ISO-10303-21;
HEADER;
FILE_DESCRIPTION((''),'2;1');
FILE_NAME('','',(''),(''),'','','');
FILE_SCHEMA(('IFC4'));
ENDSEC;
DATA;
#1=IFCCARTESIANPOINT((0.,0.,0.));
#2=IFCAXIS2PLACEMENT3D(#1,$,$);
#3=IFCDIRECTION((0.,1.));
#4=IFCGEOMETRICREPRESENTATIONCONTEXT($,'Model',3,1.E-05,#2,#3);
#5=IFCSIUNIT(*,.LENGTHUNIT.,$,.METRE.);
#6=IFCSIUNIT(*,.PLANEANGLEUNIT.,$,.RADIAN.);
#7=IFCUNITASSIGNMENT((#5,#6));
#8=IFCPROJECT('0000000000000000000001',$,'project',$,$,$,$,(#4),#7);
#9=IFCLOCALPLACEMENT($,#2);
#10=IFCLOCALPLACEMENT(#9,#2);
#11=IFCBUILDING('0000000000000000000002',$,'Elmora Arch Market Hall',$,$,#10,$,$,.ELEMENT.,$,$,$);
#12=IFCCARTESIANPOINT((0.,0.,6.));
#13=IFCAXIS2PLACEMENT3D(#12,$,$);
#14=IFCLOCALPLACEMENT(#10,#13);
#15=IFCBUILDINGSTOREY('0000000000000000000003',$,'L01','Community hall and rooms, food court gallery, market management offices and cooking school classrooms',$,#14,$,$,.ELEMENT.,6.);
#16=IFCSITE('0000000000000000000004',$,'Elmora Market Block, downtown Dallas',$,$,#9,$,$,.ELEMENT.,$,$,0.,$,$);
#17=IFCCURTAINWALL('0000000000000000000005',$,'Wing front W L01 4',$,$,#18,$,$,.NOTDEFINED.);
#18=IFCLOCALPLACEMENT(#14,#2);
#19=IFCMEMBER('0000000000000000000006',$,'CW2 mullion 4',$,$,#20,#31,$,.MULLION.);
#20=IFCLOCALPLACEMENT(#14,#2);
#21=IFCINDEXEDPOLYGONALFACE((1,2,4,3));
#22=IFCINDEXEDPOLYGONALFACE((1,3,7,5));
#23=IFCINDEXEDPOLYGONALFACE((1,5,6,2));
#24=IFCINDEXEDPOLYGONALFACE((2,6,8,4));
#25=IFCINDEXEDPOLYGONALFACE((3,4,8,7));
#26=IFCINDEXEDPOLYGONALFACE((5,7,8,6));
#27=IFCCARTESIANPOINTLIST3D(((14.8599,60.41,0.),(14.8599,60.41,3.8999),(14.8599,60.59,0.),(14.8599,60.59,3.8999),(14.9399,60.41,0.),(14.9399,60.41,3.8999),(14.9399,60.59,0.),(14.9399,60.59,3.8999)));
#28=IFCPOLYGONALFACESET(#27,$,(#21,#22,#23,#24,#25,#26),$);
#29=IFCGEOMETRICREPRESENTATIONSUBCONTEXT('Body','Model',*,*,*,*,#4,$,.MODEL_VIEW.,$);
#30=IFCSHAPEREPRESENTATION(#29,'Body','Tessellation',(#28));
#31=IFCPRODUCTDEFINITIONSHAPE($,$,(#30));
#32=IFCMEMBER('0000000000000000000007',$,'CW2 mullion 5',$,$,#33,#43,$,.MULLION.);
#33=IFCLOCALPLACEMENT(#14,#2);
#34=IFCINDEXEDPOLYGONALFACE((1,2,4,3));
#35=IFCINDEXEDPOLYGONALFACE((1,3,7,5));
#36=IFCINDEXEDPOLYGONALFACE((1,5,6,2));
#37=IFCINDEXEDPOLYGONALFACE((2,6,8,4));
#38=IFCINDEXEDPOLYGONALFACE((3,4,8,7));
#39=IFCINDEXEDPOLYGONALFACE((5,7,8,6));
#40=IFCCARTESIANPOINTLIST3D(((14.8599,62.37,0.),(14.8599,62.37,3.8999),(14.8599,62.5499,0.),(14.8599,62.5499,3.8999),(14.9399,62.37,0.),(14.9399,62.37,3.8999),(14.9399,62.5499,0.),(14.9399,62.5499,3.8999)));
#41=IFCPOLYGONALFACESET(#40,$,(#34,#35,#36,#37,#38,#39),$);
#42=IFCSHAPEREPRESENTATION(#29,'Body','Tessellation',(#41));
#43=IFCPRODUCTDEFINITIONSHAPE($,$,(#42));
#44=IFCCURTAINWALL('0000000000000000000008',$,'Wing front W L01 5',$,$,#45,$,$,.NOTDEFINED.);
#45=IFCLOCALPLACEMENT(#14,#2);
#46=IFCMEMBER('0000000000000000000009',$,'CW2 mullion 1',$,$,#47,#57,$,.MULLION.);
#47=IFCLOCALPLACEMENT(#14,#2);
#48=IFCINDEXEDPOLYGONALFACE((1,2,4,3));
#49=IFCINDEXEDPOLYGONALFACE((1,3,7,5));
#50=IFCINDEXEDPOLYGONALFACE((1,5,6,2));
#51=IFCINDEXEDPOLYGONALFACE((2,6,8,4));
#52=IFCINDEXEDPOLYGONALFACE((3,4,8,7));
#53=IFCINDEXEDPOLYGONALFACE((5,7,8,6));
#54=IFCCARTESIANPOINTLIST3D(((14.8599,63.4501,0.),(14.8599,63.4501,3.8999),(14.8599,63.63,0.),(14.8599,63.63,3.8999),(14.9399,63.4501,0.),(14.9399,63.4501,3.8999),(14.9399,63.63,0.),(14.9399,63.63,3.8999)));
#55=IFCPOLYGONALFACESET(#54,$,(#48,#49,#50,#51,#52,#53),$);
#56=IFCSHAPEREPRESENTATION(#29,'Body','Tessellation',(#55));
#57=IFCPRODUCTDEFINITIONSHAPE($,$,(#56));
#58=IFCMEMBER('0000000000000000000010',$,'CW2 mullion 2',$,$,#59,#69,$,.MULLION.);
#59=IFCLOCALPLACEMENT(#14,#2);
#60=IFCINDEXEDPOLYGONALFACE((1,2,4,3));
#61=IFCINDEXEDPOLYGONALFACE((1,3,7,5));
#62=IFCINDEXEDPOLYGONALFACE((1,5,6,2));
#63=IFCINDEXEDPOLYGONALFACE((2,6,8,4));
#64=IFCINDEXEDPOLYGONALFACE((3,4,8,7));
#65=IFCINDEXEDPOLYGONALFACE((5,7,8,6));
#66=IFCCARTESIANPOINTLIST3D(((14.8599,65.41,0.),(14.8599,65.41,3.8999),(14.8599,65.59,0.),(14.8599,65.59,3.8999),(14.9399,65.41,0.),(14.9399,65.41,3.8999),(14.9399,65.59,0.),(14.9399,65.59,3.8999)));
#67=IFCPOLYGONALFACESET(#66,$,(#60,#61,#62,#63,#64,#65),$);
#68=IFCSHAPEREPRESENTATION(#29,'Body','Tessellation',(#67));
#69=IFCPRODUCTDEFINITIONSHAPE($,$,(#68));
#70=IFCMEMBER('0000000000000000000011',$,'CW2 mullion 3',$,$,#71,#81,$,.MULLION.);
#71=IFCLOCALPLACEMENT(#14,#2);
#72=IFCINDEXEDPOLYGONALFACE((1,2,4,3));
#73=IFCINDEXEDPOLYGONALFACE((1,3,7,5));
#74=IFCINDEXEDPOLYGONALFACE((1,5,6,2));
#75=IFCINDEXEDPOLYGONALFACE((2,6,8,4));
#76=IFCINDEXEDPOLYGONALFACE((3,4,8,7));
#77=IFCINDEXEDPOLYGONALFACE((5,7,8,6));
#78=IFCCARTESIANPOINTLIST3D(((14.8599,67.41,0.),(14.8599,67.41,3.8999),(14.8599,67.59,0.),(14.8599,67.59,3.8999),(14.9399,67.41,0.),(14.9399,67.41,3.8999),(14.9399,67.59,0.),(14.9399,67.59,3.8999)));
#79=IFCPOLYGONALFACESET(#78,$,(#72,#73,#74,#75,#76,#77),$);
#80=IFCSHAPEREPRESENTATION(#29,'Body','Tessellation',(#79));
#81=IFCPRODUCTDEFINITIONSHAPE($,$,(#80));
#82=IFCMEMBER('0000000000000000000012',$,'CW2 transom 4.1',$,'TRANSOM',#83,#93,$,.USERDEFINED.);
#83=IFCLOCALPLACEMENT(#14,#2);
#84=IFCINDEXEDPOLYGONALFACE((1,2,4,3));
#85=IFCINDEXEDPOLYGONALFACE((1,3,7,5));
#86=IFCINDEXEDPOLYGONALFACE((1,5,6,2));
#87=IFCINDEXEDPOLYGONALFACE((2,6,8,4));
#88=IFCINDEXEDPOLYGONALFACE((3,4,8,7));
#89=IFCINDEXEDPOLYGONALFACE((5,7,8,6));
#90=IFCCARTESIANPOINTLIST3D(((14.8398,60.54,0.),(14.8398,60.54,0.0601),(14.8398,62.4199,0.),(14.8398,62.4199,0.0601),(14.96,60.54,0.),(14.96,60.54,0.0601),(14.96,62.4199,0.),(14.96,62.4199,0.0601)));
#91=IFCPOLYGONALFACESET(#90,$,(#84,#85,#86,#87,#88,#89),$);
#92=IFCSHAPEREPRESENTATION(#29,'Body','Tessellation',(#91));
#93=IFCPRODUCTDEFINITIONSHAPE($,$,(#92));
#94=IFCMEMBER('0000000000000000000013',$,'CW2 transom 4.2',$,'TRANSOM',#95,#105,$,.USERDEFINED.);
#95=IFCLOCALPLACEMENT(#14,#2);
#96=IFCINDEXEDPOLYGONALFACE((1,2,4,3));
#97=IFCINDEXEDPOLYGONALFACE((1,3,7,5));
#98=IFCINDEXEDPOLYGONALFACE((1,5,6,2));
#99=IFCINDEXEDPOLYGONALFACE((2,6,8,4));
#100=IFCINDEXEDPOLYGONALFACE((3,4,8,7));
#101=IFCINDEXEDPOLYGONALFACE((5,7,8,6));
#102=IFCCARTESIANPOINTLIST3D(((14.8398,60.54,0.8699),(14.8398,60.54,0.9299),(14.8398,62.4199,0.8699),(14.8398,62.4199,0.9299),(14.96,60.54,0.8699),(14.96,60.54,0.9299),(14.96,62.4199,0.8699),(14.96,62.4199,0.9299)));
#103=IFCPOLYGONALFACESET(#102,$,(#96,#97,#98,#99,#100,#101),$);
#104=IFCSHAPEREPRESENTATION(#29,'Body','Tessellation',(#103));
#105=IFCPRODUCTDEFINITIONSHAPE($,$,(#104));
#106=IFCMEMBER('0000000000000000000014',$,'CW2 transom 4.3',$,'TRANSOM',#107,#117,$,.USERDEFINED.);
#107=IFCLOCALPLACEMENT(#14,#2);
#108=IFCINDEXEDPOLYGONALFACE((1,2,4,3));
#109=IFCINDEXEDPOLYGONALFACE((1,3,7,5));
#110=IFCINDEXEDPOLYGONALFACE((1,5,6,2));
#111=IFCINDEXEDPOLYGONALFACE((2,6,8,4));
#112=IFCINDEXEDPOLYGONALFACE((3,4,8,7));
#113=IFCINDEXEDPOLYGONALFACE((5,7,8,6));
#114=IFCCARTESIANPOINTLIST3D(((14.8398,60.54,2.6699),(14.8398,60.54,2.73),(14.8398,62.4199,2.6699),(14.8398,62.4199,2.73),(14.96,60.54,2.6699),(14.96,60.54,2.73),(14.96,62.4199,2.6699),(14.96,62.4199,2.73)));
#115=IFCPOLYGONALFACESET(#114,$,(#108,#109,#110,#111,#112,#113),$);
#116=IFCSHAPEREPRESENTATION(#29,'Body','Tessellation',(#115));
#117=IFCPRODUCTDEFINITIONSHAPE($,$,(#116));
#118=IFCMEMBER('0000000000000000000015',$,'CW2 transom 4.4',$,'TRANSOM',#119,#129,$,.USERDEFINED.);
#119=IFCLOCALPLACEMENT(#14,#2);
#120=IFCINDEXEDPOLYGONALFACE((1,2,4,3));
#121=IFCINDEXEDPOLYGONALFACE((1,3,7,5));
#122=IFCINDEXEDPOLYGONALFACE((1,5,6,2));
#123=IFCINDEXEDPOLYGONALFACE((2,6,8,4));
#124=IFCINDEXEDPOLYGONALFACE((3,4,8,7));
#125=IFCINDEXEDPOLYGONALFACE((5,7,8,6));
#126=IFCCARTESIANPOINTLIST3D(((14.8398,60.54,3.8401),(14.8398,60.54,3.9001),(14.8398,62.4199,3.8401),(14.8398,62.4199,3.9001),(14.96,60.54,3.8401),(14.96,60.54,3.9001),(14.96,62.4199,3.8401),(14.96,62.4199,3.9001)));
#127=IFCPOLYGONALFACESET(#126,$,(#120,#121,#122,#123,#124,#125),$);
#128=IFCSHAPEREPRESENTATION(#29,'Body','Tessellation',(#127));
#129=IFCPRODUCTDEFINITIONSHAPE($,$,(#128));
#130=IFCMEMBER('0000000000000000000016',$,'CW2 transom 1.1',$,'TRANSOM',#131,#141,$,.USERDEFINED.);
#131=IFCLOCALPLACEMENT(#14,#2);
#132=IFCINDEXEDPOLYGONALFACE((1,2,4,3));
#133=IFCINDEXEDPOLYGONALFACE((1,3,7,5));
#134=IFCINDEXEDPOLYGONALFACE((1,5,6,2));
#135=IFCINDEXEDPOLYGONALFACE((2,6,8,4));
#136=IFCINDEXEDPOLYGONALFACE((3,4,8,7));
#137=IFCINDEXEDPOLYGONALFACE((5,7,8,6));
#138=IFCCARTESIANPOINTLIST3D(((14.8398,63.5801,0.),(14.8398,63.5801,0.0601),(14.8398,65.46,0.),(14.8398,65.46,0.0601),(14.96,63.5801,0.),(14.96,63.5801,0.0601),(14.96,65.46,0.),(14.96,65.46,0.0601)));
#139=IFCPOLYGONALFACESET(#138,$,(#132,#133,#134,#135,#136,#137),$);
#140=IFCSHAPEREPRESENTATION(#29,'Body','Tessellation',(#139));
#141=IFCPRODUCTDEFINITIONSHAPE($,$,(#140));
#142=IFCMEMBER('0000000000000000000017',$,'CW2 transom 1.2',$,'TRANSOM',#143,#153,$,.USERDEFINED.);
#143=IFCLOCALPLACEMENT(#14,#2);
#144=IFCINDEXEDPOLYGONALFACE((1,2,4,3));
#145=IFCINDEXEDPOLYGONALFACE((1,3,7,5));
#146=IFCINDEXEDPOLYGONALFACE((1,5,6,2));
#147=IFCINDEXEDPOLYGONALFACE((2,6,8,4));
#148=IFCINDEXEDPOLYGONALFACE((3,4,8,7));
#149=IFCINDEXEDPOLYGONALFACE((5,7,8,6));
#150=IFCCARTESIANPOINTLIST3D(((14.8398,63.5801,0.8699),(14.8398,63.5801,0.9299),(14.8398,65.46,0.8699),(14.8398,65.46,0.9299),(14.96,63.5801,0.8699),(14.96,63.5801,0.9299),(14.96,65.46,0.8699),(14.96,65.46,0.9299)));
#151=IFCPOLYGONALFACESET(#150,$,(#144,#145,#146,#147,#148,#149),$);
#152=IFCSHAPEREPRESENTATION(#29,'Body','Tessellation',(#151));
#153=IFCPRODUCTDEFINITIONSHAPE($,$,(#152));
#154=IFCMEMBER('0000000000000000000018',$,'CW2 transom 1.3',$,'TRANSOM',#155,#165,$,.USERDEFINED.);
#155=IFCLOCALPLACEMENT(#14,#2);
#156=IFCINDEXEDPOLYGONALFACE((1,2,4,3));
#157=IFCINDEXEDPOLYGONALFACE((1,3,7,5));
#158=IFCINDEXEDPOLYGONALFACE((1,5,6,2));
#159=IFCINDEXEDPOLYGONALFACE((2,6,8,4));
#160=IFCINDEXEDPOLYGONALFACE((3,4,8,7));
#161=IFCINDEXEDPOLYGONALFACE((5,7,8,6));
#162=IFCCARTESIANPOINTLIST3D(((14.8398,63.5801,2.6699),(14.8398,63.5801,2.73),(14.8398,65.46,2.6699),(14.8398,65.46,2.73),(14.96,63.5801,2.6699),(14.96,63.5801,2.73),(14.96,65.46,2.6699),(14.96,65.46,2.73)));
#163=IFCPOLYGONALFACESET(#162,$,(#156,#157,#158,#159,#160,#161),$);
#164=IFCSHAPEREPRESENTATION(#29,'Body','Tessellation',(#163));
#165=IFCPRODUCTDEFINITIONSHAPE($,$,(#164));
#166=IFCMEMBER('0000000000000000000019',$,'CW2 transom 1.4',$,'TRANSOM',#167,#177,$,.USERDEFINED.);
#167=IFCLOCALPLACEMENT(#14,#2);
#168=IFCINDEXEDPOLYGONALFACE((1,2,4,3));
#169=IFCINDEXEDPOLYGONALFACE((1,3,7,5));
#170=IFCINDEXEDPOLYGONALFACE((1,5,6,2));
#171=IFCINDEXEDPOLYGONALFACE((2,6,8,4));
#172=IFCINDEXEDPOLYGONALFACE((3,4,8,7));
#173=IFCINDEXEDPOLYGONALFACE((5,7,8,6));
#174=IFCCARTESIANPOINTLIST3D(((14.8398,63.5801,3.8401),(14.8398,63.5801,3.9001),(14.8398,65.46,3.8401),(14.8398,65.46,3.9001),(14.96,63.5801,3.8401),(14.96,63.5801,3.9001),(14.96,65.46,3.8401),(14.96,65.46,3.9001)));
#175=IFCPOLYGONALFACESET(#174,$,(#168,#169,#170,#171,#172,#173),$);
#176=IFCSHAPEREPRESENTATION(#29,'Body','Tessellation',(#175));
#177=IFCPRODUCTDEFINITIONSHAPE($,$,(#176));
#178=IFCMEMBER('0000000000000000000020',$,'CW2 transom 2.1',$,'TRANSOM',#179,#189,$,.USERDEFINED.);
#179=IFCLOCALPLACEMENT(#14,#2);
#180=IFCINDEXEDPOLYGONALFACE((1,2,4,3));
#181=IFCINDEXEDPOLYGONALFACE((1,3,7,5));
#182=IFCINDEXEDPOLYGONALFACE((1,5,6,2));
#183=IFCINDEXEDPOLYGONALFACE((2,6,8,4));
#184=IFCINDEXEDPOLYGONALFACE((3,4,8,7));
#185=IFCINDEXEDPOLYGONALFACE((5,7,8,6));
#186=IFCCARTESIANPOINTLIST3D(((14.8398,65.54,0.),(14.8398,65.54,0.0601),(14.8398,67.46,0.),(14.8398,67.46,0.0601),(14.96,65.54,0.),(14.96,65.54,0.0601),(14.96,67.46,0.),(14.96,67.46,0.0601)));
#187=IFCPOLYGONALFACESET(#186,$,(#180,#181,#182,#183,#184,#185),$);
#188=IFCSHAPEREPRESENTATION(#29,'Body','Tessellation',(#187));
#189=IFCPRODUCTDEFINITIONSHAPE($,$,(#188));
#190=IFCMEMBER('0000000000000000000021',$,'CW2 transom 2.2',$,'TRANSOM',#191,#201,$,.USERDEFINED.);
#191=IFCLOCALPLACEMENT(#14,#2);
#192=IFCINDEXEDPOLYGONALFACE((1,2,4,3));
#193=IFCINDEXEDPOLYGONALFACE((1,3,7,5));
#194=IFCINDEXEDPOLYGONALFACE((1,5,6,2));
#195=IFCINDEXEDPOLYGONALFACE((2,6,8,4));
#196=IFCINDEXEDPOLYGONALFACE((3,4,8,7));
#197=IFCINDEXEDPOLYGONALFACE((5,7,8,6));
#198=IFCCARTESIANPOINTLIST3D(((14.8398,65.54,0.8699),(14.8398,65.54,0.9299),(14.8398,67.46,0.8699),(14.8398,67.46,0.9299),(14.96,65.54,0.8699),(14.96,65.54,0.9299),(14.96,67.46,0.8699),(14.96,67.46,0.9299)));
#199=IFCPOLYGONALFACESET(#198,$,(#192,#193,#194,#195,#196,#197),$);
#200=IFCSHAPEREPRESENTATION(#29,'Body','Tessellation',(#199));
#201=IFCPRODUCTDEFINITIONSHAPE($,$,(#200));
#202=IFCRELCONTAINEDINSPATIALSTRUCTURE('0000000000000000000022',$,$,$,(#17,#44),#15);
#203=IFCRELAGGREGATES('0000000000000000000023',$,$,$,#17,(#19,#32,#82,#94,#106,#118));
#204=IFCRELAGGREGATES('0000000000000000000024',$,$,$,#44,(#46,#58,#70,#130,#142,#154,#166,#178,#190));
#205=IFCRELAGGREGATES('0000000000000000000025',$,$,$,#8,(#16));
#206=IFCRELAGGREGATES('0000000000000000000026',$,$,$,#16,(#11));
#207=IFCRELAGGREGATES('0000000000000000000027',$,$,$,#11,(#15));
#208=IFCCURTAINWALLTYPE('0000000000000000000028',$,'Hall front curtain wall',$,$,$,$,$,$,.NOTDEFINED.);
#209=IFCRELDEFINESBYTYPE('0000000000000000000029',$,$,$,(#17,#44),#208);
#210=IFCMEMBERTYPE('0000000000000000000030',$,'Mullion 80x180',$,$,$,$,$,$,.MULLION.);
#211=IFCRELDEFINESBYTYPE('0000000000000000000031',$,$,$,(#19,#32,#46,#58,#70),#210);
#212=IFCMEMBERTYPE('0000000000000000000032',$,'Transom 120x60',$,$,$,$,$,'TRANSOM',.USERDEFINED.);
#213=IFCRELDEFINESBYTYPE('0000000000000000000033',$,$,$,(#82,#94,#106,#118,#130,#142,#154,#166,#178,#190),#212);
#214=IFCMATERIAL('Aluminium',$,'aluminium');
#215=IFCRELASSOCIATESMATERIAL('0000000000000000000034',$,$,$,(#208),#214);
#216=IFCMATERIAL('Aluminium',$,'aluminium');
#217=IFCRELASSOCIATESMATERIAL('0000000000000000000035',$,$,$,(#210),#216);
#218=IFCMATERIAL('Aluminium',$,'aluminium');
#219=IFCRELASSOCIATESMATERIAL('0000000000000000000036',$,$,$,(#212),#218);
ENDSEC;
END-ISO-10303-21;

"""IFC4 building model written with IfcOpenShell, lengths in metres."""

from ifc_helpers import new_model, si_unit, direction, frame, origin, origin_2d, place, context, subcontext, project, spatial, rectangle, extrude, material, material_profile, profile_set, type_object, element, aggregate, save


model = new_model("IFC4")

# Units and contexts
model_context = context("Model", 3, precision=1e-05, world=origin(), true_north=direction((0.0, 1.0)))
body_context = subcontext(model_context, "Body", "Model", "MODEL_VIEW")
ifc_project = project(units=[si_unit("LENGTHUNIT", "METRE"), si_unit("PLANEANGLEUNIT", "RADIAN")], contexts=[model_context])

# Site, building, storey
site_placement = place(None, origin())
site = spatial("IfcSite", under=ifc_project, at=site_placement, Name="Elmora Market Block, downtown Dallas", CompositionType="ELEMENT", RefElevation=0.0)
building_placement = place(site_placement, origin())
building = spatial("IfcBuilding", under=site, at=building_placement, Name="Elmora Arch Market Hall", CompositionType="ELEMENT")
storey_placement = place(building_placement, frame((0.0, 0.0, 6.0)))
storey = spatial("IfcBuildingStorey", under=building, at=storey_placement, Name="L01", Description="Community hall and rooms, food court gallery, market management offices and cooking school classrooms", CompositionType="ELEMENT", Elevation=6.0)

# Curtain walls, members
ifc_material_1 = material(Name="Aluminium", Category="aluminium")
curtain_wall_type = type_object("IfcCurtainWallType", Name="Hall front curtain wall", PredefinedType="NOTDEFINED", material=ifc_material_1)
curtain_wall_1_placement = place(storey_placement, origin())
curtain_wall_1 = element("IfcCurtainWall", 1, at=curtain_wall_1_placement, inside=storey, type_object=curtain_wall_type, Name="Wing front W L01 4", PredefinedType="NOTDEFINED")
ifc_material_2 = material(Name="Aluminium", Category="aluminium")
ifc_material_profile_1 = material_profile(ifc_material_2, rectangle(XDim=0.0801, YDim=0.1799, at=origin_2d()), Name="AL 80x180")
ifc_profile_set_1 = profile_set([ifc_material_profile_1], Name="Aluminium")
member_type_1 = type_object("IfcMemberType", Name="Mullion 80x180", PredefinedType="MULLION", material=ifc_profile_set_1)
member_1_placement = place(storey_placement, frame((14.8999, 60.5, 0.0), z_axis=(0.0, 0.0, 1.0), x_axis=(-1.0, 0.0, 0.0)))
member_1 = element("IfcMember", 2, at=member_1_placement, type_object=member_type_1, Name="CW2 mullion 4", PredefinedType="MULLION", context=body_context, shape_type="SweptSolid", body=[
    extrude(rectangle(XDim=0.0801, YDim=0.1799, at=origin_2d()), origin(), (0.0, 0.0, 1.0), 3.8999),
])
member_2_placement = place(storey_placement, frame((14.8999, 62.46, 0.0), z_axis=(0.0, 0.0, 1.0), x_axis=(-1.0, 0.0, 0.0)))
member_2 = element("IfcMember", 3, at=member_2_placement, type_object=member_type_1, Name="CW2 mullion 5", PredefinedType="MULLION", context=body_context, shape_type="SweptSolid", body=[
    extrude(rectangle(XDim=0.0801, YDim=0.1799, at=origin_2d()), origin(), (0.0, 0.0, 1.0), 3.8999),
])
curtain_wall_2_placement = place(storey_placement, origin())
curtain_wall_2 = element("IfcCurtainWall", 4, at=curtain_wall_2_placement, inside=storey, type_object=curtain_wall_type, Name="Wing front W L01 5", PredefinedType="NOTDEFINED")
member_3_placement = place(storey_placement, frame((14.8999, 63.54, 0.0), z_axis=(0.0, 0.0, 1.0), x_axis=(-1.0, 0.0, 0.0)))
member_3 = element("IfcMember", 5, at=member_3_placement, type_object=member_type_1, Name="CW2 mullion 1", PredefinedType="MULLION", context=body_context, shape_type="SweptSolid", body=[
    extrude(rectangle(XDim=0.0801, YDim=0.1799, at=origin_2d()), origin(), (0.0, 0.0, 1.0), 3.8999),
])
member_4_placement = place(storey_placement, frame((14.8999, 65.5, 0.0), z_axis=(0.0, 0.0, 1.0), x_axis=(-1.0, 0.0, 0.0)))
member_4 = element("IfcMember", 6, at=member_4_placement, type_object=member_type_1, Name="CW2 mullion 2", PredefinedType="MULLION", context=body_context, shape_type="SweptSolid", body=[
    extrude(rectangle(XDim=0.0801, YDim=0.1799, at=origin_2d()), origin(), (0.0, 0.0, 1.0), 3.8999),
])
member_5_placement = place(storey_placement, frame((14.8999, 67.5, 0.0), z_axis=(0.0, 0.0, 1.0), x_axis=(-1.0, 0.0, 0.0)))
member_5 = element("IfcMember", 7, at=member_5_placement, type_object=member_type_1, Name="CW2 mullion 3", PredefinedType="MULLION", context=body_context, shape_type="SweptSolid", body=[
    extrude(rectangle(XDim=0.0801, YDim=0.1799, at=origin_2d()), origin(), (0.0, 0.0, 1.0), 3.8999),
])

# Members
ifc_material_3 = material(Name="Aluminium", Category="aluminium")
ifc_material_profile_2 = material_profile(ifc_material_3, rectangle(XDim=0.1201, YDim=0.0601, at=origin_2d()), Name="AL 120x60")
ifc_profile_set_2 = profile_set([ifc_material_profile_2], Name="Aluminium")
member_type_2 = type_object("IfcMemberType", Name="Transom 120x60", ElementType="TRANSOM", PredefinedType="USERDEFINED", material=ifc_profile_set_2)
member_6_placement = place(storey_placement, frame((14.8999, 60.54, 0.03), z_axis=(0.0, 1.0, 0.0), x_axis=(-1.0, 0.0, 0.0)))
member_6 = element("IfcMember", 8, at=member_6_placement, type_object=member_type_2, Name="CW2 transom 4.1", ObjectType="TRANSOM", PredefinedType="USERDEFINED", context=body_context, shape_type="SweptSolid", body=[
    extrude(rectangle(XDim=0.1201, YDim=0.0601, at=origin_2d()), origin(), (0.0, 0.0, 1.0), 1.8799),
])
member_7_placement = place(storey_placement, frame((14.8999, 60.54, 0.8999), z_axis=(0.0, 1.0, 0.0), x_axis=(-1.0, 0.0, 0.0)))
member_7 = element("IfcMember", 9, at=member_7_placement, type_object=member_type_2, Name="CW2 transom 4.2", ObjectType="TRANSOM", PredefinedType="USERDEFINED", context=body_context, shape_type="SweptSolid", body=[
    extrude(rectangle(XDim=0.1201, YDim=0.0601, at=origin_2d()), origin(), (0.0, 0.0, 1.0), 1.8799),
])
member_8_placement = place(storey_placement, frame((14.8999, 60.54, 2.7), z_axis=(0.0, 1.0, 0.0), x_axis=(-1.0, 0.0, 0.0)))
member_8 = element("IfcMember", 10, at=member_8_placement, type_object=member_type_2, Name="CW2 transom 4.3", ObjectType="TRANSOM", PredefinedType="USERDEFINED", context=body_context, shape_type="SweptSolid", body=[
    extrude(rectangle(XDim=0.1201, YDim=0.0601, at=origin_2d()), origin(), (0.0, 0.0, 1.0), 1.8799),
])
member_9_placement = place(storey_placement, frame((14.8999, 60.54, 3.8701), z_axis=(0.0, 1.0, 0.0), x_axis=(-1.0, 0.0, 0.0)))
member_9 = element("IfcMember", 11, at=member_9_placement, type_object=member_type_2, Name="CW2 transom 4.4", ObjectType="TRANSOM", PredefinedType="USERDEFINED", context=body_context, shape_type="SweptSolid", body=[
    extrude(rectangle(XDim=0.1201, YDim=0.0601, at=origin_2d()), origin(), (0.0, 0.0, 1.0), 1.8799),
])
member_10_placement = place(storey_placement, frame((14.8999, 63.5801, 0.03), z_axis=(0.0, 1.0, 0.0), x_axis=(-1.0, 0.0, 0.0)))
member_10 = element("IfcMember", 12, at=member_10_placement, type_object=member_type_2, Name="CW2 transom 1.1", ObjectType="TRANSOM", PredefinedType="USERDEFINED", context=body_context, shape_type="SweptSolid", body=[
    extrude(rectangle(XDim=0.1201, YDim=0.0601, at=origin_2d()), origin(), (0.0, 0.0, 1.0), 1.8799),
])
member_11_placement = place(storey_placement, frame((14.8999, 63.5801, 0.8999), z_axis=(0.0, 1.0, 0.0), x_axis=(-1.0, 0.0, 0.0)))
member_11 = element("IfcMember", 13, at=member_11_placement, type_object=member_type_2, Name="CW2 transom 1.2", ObjectType="TRANSOM", PredefinedType="USERDEFINED", context=body_context, shape_type="SweptSolid", body=[
    extrude(rectangle(XDim=0.1201, YDim=0.0601, at=origin_2d()), origin(), (0.0, 0.0, 1.0), 1.8799),
])
member_12_placement = place(storey_placement, frame((14.8999, 63.5801, 2.7), z_axis=(0.0, 1.0, 0.0), x_axis=(-1.0, 0.0, 0.0)))
member_12 = element("IfcMember", 14, at=member_12_placement, type_object=member_type_2, Name="CW2 transom 1.3", ObjectType="TRANSOM", PredefinedType="USERDEFINED", context=body_context, shape_type="SweptSolid", body=[
    extrude(rectangle(XDim=0.1201, YDim=0.0601, at=origin_2d()), origin(), (0.0, 0.0, 1.0), 1.8799),
])
member_13_placement = place(storey_placement, frame((14.8999, 63.5801, 3.8701), z_axis=(0.0, 1.0, 0.0), x_axis=(-1.0, 0.0, 0.0)))
member_13 = element("IfcMember", 15, at=member_13_placement, type_object=member_type_2, Name="CW2 transom 1.4", ObjectType="TRANSOM", PredefinedType="USERDEFINED", context=body_context, shape_type="SweptSolid", body=[
    extrude(rectangle(XDim=0.1201, YDim=0.0601, at=origin_2d()), origin(), (0.0, 0.0, 1.0), 1.8799),
])
member_14_placement = place(storey_placement, frame((14.8999, 65.54, 0.03), z_axis=(0.0, 1.0, 0.0), x_axis=(-1.0, 0.0, 0.0)))
member_14 = element("IfcMember", 16, at=member_14_placement, type_object=member_type_2, Name="CW2 transom 2.1", ObjectType="TRANSOM", PredefinedType="USERDEFINED", context=body_context, shape_type="SweptSolid", body=[
    extrude(rectangle(XDim=0.1201, YDim=0.0601, at=origin_2d()), origin(), (0.0, 0.0, 1.0), 1.9199),
])
member_15_placement = place(storey_placement, frame((14.8999, 65.54, 0.8999), z_axis=(0.0, 1.0, 0.0), x_axis=(-1.0, 0.0, 0.0)))
member_15 = element("IfcMember", 17, at=member_15_placement, type_object=member_type_2, Name="CW2 transom 2.2", ObjectType="TRANSOM", PredefinedType="USERDEFINED", context=body_context, shape_type="SweptSolid", body=[
    extrude(rectangle(XDim=0.1201, YDim=0.0601, at=origin_2d()), origin(), (0.0, 0.0, 1.0), 1.9199),
])

aggregate(curtain_wall_1, [member_1, member_2, member_6, member_7, member_8, member_9])
aggregate(curtain_wall_2, [member_3, member_4, member_5, member_10, member_11, member_12, member_13, member_14, member_15])

save(model, "model.ifc")
